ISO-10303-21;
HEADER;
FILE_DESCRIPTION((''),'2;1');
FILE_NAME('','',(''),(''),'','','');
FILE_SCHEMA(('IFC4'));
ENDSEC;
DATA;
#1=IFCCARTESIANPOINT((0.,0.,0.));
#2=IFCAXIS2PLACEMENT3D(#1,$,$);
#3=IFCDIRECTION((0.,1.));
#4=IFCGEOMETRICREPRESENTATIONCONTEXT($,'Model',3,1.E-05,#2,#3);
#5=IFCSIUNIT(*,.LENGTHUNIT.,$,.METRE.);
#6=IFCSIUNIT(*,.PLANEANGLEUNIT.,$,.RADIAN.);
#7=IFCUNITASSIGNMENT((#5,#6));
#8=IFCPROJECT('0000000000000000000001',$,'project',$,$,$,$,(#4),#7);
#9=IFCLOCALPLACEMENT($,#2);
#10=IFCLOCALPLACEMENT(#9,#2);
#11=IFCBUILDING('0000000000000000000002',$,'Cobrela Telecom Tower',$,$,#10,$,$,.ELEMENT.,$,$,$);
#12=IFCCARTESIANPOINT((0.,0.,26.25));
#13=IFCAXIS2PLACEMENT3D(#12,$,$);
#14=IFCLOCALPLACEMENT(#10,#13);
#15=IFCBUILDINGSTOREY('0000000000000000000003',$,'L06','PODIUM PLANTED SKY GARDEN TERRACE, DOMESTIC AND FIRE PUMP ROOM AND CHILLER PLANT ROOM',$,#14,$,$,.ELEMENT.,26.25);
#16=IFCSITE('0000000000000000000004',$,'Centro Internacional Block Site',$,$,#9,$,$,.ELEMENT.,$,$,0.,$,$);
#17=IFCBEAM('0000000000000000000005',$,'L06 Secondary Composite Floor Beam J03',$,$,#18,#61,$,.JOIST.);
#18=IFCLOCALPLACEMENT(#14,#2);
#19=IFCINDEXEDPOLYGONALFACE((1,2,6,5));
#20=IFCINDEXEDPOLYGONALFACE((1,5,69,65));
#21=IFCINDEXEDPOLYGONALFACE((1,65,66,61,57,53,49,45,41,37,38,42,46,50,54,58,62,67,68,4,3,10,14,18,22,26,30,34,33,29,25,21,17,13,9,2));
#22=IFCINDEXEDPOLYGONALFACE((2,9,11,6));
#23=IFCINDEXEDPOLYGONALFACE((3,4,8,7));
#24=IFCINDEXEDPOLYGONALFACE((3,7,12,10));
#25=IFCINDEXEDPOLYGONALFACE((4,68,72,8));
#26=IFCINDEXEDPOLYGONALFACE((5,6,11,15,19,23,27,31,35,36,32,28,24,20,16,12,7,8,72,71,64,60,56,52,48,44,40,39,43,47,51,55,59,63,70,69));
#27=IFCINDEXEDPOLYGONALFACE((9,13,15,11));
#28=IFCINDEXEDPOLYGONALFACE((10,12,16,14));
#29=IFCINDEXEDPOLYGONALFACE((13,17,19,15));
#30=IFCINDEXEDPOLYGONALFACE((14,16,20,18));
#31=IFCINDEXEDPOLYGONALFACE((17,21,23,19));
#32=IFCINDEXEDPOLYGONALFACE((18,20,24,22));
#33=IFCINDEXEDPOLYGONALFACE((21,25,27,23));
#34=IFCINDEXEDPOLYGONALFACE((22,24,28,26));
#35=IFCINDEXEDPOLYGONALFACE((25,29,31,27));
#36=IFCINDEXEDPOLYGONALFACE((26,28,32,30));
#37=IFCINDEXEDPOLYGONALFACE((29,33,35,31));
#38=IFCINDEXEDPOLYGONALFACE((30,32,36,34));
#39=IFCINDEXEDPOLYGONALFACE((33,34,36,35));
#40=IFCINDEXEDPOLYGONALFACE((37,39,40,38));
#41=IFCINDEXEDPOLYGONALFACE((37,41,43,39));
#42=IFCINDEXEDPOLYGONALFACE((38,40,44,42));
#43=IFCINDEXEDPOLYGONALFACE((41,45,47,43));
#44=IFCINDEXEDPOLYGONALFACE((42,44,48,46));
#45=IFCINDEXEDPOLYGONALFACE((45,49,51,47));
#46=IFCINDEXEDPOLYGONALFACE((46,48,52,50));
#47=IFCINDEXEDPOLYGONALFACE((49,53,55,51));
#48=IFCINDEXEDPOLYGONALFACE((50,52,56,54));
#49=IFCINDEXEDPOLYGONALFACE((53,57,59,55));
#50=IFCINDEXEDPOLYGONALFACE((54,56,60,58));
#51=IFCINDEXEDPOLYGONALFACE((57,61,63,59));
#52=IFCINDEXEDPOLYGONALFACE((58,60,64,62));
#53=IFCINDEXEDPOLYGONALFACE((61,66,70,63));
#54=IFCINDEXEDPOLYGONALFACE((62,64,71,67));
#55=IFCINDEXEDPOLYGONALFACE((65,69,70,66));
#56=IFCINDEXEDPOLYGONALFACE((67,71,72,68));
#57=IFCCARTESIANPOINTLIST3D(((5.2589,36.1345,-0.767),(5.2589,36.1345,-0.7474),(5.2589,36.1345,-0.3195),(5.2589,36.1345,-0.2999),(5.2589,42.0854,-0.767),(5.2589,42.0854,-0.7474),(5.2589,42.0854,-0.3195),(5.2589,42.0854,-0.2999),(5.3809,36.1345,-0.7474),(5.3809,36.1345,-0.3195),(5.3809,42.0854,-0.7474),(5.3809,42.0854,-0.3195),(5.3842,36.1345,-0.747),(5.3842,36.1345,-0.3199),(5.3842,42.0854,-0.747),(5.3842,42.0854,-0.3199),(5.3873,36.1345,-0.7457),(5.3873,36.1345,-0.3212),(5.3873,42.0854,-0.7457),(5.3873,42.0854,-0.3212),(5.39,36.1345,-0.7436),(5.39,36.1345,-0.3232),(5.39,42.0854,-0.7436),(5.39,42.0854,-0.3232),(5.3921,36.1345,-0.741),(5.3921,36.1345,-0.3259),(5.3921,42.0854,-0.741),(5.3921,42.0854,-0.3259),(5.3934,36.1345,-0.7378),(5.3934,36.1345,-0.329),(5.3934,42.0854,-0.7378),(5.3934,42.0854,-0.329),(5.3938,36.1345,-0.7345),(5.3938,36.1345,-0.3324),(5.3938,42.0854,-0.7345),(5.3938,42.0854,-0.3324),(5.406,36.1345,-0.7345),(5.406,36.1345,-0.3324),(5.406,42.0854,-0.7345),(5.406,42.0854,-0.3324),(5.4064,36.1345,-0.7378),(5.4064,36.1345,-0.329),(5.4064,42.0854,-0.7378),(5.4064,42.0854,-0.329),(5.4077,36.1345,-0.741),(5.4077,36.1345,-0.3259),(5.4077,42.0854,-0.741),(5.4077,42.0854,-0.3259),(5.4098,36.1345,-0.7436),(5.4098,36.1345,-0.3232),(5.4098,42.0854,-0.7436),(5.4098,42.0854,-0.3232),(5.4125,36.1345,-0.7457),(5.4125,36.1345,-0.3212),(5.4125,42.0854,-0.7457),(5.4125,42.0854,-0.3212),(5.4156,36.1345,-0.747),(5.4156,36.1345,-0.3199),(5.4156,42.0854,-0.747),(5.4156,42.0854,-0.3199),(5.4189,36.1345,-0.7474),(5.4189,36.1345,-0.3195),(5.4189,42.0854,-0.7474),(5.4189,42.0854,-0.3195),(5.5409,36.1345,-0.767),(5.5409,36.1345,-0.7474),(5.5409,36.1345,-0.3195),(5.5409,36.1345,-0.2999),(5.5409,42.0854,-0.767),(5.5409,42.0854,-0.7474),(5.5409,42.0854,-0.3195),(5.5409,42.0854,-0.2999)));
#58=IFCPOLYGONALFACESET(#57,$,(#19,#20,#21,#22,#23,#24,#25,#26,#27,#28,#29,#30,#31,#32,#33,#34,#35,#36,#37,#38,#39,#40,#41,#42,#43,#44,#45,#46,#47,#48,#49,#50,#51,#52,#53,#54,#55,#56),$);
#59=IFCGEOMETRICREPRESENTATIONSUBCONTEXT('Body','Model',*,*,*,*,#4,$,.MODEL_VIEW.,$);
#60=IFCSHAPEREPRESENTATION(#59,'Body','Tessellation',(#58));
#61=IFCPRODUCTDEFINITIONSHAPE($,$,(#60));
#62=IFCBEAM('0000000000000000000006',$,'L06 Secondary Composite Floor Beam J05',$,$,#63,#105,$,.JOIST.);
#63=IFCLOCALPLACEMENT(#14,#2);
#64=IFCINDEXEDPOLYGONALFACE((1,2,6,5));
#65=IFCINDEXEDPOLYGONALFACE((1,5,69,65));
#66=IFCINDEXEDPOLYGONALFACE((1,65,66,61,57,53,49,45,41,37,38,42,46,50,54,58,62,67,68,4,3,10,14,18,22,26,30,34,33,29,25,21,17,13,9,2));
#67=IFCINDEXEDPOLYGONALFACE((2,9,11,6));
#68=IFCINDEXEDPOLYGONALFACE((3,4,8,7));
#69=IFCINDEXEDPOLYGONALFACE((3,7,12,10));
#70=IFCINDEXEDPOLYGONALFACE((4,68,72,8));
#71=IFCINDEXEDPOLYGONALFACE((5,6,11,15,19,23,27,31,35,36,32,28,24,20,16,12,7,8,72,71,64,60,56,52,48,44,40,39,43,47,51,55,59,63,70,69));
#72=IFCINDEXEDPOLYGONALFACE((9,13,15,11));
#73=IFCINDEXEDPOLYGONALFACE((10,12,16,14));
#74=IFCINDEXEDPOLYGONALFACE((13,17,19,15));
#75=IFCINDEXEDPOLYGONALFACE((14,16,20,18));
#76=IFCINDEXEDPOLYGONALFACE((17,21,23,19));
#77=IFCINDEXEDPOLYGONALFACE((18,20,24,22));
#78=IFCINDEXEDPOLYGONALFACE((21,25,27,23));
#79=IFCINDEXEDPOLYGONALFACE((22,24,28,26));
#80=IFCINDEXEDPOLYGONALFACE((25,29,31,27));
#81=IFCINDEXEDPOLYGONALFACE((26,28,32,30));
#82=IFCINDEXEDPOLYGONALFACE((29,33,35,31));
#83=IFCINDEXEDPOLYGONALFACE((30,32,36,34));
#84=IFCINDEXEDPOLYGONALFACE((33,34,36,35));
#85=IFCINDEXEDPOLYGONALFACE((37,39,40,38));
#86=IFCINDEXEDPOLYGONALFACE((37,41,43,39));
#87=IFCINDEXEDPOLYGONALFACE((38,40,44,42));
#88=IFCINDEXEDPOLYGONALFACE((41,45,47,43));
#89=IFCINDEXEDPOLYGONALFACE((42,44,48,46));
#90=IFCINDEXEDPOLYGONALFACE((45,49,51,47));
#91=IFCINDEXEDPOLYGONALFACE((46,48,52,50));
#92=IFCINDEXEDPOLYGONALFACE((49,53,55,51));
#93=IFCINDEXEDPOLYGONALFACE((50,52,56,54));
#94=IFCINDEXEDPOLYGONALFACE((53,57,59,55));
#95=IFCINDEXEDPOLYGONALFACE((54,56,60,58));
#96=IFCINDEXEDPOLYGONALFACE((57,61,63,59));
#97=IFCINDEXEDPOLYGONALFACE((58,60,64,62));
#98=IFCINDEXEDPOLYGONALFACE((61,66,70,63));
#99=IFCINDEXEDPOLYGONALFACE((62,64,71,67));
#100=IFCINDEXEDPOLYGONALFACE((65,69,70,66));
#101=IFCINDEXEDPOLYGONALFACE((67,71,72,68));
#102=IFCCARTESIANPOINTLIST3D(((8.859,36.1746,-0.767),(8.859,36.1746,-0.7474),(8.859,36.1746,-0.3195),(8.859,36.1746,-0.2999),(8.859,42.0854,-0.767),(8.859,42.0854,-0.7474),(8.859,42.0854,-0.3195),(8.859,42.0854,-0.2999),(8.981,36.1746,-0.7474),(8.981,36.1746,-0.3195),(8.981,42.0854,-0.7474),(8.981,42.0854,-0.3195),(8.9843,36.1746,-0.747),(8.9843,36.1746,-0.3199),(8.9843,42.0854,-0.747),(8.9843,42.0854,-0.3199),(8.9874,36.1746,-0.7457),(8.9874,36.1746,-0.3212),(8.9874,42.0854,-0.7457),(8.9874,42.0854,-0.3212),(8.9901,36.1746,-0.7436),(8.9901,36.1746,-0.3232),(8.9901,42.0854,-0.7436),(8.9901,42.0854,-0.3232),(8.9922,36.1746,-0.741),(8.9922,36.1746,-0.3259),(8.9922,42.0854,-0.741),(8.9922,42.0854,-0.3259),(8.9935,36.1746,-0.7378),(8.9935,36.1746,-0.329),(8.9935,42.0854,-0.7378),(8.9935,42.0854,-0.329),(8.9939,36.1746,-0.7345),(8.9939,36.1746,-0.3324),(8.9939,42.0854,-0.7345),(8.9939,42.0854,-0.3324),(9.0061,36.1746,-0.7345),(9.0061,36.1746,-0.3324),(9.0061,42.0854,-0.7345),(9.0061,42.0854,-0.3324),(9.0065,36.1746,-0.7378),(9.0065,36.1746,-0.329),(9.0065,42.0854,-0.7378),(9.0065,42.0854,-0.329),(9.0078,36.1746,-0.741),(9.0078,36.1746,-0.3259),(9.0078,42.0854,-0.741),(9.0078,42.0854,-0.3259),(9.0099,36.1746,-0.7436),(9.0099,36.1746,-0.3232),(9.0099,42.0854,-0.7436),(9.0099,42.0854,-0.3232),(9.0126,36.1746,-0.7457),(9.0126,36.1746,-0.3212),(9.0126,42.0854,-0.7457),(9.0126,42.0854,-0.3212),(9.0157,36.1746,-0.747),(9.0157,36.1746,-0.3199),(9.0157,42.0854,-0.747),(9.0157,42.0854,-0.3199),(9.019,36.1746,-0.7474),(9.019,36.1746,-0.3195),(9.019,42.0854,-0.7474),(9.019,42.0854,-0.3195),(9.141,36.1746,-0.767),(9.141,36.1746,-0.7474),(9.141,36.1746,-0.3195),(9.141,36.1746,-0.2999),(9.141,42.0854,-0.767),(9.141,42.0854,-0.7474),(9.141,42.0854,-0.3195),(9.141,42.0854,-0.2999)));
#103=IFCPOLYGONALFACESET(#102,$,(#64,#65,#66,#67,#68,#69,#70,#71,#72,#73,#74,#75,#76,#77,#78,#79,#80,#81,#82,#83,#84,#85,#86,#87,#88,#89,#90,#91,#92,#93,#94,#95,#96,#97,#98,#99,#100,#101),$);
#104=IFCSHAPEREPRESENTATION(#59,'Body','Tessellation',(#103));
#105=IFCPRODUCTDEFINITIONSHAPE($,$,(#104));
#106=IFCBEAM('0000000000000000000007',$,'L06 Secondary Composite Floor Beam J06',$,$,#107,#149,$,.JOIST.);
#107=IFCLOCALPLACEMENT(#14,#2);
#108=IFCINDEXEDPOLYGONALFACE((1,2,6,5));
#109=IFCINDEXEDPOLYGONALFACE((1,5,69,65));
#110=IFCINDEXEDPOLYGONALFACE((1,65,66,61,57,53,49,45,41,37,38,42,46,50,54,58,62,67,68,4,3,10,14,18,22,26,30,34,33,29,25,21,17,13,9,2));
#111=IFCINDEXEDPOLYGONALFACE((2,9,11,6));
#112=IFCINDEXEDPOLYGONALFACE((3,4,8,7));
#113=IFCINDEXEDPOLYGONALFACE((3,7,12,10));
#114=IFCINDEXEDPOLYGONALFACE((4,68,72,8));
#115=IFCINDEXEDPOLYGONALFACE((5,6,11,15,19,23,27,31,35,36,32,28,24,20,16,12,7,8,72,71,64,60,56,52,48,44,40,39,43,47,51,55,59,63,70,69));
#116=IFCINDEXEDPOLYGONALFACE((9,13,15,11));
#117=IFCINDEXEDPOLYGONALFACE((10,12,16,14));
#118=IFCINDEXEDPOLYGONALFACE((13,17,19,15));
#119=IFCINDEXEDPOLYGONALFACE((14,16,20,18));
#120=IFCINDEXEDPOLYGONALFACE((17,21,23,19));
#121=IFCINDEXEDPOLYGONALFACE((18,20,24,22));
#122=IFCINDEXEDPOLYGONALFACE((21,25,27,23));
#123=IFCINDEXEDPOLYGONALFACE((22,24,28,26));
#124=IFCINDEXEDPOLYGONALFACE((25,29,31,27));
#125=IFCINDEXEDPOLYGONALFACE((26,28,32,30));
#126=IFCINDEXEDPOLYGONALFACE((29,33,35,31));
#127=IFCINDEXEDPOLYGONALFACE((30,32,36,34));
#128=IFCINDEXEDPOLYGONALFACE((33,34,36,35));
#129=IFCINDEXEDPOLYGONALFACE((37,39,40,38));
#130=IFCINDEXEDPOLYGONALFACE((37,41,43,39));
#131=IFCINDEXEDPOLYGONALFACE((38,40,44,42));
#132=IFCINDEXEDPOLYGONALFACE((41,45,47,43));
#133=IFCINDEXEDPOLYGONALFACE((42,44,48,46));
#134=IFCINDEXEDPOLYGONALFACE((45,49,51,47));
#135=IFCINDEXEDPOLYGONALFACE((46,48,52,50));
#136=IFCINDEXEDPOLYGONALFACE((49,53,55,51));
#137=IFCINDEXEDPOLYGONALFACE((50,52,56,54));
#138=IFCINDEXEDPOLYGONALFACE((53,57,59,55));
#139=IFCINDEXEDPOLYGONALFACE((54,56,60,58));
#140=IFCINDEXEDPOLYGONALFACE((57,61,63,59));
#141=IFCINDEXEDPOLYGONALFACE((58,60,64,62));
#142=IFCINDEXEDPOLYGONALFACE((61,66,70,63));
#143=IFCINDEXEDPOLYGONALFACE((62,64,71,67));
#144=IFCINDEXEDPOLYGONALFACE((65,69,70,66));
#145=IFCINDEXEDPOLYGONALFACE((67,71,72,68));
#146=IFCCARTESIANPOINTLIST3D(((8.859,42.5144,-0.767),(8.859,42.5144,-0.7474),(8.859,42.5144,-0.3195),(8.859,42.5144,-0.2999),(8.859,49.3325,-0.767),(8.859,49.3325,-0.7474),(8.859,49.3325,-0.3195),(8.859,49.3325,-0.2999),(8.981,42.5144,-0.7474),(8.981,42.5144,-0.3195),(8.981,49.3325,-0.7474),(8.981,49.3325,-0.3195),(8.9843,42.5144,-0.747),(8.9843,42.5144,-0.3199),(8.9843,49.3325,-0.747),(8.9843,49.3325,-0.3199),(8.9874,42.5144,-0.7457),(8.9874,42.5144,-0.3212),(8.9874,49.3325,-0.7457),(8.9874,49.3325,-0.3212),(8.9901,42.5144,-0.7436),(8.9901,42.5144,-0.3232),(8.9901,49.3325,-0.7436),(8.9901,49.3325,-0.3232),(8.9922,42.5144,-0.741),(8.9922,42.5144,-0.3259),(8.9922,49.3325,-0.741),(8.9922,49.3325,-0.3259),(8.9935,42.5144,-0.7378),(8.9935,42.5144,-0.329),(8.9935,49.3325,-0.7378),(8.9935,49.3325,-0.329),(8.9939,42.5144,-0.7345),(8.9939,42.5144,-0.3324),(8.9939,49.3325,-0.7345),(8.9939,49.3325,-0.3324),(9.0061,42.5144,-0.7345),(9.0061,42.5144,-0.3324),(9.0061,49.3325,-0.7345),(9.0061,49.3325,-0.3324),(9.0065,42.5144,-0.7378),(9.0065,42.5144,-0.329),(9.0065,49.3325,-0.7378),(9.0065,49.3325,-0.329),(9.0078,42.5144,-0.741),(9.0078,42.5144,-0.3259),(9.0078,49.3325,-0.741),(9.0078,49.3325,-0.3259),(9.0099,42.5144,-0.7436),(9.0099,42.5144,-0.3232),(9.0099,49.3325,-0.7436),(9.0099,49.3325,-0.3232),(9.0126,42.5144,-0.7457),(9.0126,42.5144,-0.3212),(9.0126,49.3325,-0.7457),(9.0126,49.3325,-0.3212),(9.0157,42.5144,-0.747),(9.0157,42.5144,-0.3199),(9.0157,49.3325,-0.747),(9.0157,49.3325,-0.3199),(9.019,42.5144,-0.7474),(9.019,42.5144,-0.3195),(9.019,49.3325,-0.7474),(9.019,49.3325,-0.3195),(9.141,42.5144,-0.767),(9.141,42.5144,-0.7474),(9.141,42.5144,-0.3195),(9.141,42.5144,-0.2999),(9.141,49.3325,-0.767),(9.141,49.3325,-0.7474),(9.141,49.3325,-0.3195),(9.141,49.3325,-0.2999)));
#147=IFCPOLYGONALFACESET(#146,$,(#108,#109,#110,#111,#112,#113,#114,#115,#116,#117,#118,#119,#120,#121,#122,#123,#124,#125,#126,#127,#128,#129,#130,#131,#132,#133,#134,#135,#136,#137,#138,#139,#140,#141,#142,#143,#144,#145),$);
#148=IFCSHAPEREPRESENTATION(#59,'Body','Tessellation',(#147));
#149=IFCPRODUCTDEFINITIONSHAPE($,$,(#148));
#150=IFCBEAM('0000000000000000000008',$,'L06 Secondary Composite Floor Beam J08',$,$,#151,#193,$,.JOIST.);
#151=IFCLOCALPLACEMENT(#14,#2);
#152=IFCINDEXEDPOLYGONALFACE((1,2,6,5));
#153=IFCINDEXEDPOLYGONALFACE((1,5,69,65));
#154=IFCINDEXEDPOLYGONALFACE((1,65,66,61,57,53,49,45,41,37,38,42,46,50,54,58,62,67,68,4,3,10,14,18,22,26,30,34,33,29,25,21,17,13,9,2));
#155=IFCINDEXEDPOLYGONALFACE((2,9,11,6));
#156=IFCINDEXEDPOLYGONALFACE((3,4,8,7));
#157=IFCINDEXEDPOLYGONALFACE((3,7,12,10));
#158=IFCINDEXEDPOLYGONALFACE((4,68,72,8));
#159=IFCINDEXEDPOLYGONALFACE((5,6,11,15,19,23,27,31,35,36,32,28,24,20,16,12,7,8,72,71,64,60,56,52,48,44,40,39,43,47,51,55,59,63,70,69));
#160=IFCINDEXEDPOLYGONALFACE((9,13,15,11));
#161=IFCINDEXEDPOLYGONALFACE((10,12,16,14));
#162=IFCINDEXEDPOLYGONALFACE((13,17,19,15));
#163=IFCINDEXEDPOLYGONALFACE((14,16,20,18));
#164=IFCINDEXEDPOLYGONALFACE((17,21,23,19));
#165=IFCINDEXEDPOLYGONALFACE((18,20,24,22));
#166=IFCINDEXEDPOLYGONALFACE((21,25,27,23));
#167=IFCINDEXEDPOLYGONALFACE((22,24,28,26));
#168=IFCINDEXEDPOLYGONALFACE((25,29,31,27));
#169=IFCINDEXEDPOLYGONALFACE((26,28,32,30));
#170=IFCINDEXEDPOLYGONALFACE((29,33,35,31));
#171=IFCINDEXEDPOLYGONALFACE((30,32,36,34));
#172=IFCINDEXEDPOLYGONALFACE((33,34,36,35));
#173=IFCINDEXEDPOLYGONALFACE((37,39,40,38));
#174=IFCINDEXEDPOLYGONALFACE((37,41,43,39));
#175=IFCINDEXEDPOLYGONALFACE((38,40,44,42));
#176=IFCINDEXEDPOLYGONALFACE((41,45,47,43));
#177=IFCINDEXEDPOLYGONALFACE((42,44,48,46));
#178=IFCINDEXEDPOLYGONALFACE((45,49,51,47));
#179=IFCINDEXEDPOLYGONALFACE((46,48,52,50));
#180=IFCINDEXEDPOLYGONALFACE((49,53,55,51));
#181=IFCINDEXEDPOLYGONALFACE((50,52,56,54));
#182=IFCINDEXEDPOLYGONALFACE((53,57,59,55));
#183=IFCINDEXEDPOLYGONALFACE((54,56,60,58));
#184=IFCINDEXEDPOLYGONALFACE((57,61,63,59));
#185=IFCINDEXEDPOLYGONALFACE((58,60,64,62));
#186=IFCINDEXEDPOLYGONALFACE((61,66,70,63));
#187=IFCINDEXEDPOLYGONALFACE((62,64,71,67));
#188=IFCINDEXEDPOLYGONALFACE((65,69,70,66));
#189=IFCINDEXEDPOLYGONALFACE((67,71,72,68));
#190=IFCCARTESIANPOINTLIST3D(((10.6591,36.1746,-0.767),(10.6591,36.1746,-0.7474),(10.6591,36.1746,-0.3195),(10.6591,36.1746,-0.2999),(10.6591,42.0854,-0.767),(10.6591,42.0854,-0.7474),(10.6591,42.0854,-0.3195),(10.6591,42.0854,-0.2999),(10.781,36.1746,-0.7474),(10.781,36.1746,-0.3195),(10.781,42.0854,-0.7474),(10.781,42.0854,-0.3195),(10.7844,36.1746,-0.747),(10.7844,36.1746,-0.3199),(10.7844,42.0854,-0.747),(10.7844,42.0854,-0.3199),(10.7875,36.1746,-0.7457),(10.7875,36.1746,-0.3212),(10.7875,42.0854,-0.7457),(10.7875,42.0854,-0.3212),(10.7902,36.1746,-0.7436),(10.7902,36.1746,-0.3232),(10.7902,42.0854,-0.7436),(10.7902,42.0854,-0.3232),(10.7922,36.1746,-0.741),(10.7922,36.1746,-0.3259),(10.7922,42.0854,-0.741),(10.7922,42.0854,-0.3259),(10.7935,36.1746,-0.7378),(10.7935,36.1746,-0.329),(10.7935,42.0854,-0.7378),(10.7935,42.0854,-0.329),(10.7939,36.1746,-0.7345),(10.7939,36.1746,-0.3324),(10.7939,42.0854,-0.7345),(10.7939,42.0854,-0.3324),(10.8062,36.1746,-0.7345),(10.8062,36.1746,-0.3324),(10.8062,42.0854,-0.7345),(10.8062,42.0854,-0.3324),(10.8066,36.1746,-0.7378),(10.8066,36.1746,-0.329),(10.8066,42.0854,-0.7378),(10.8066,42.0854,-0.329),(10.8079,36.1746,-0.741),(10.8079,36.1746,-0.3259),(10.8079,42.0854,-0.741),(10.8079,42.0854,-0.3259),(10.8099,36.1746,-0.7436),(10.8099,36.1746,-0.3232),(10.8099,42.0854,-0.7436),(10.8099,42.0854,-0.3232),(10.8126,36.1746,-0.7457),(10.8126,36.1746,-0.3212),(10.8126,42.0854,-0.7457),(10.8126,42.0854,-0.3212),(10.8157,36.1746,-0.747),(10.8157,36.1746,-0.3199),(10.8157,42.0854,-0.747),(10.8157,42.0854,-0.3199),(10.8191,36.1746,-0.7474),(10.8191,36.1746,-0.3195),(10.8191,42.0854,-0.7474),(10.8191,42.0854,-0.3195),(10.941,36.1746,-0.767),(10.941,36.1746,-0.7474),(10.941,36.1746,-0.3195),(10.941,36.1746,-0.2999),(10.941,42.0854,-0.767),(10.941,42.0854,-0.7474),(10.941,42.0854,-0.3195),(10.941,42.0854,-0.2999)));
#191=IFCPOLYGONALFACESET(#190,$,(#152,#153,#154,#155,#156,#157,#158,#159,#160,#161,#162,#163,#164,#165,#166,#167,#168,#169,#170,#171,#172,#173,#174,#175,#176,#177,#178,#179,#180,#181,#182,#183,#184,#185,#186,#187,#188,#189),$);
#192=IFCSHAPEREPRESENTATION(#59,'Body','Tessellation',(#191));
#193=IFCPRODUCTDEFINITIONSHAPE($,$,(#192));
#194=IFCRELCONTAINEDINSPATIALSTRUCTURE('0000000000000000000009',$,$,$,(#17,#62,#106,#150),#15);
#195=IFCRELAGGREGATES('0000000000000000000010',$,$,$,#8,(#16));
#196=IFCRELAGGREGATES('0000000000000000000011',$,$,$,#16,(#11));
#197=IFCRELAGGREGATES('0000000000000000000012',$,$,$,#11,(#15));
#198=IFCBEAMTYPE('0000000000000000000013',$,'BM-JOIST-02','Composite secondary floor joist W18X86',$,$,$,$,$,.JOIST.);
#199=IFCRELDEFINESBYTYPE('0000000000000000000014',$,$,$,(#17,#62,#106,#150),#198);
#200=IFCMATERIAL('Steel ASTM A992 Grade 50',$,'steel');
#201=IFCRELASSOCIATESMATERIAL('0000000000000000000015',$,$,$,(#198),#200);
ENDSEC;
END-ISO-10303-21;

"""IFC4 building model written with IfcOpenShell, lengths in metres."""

from ifc_helpers import new_model, si_unit, direction, frame, origin, origin_2d, place, context, subcontext, project, spatial, i_section, extrude, material, material_profile, profile_set, type_object, element, save


model = new_model("IFC4")

# Units and contexts
model_context = context("Model", 3, precision=1e-05, world=origin(), true_north=direction((0.0, 1.0)))
body_context = subcontext(model_context, "Body", "Model", "MODEL_VIEW")
ifc_project = project(units=[si_unit("LENGTHUNIT", "METRE"), si_unit("PLANEANGLEUNIT", "RADIAN")], contexts=[model_context])

# Site, building, storey
site_placement = place(None, origin())
site = spatial("IfcSite", under=ifc_project, at=site_placement, Name="Centro Internacional Block Site", CompositionType="ELEMENT", RefElevation=0.0)
building_placement = place(site_placement, origin())
building = spatial("IfcBuilding", under=site, at=building_placement, Name="Cobrela Telecom Tower", CompositionType="ELEMENT")
storey_placement = place(building_placement, frame((0.0, 0.0, 26.25)))
storey = spatial("IfcBuildingStorey", under=building, at=storey_placement, Name="L06", Description="PODIUM PLANTED SKY GARDEN TERRACE, DOMESTIC AND FIRE PUMP ROOM AND CHILLER PLANT ROOM", CompositionType="ELEMENT", Elevation=26.25)

# Beams
ifc_material_1 = material(Name="Steel ASTM A992 Grade 50", Category="steel")
ifc_material_profile_1 = material_profile(ifc_material_1, i_section(OverallWidth=0.282, OverallDepth=0.467, WebThickness=0.0122, FlangeThickness=0.0195, FilletRadius=0.0129, at=origin_2d()), Name="W18X86")
ifc_profile_set_1 = profile_set([ifc_material_profile_1], Name="Steel ASTM A992 Grade 50")
beam_type_1 = type_object("IfcBeamType", Name="BM-JOIST-02", Description="Composite secondary floor joist W18X86", PredefinedType="JOIST", material=ifc_profile_set_1)
for number, where, z_axis, x_axis, name in (
    (1, (5.3999, 36.1345, -0.5334), (0.0, 1.0, 0.0), (-1.0, 0.0, 0.0), "L06 Secondary Composite Floor Beam J03"),
):
    element("IfcBeam", number, at=place(storey_placement, frame(where, z_axis=z_axis, x_axis=x_axis)), inside=storey, type_object=beam_type_1, Name=name, PredefinedType="JOIST", context=body_context, shape_type="SweptSolid", body=[
        extrude(i_section(OverallWidth=0.282, OverallDepth=0.467, WebThickness=0.0122, FlangeThickness=0.0195, FilletRadius=0.0129, at=origin_2d()), origin(), (0.0, 0.0, 1.0), 5.9509),
    ])
beam_1_placement = place(storey_placement, frame((9.0, 36.1746, -0.5334), z_axis=(0.0, 1.0, 0.0), x_axis=(-1.0, 0.0, 0.0)))
element("IfcBeam", 2, at=beam_1_placement, inside=storey, type_object=beam_type_1, Name="L06 Secondary Composite Floor Beam J05", PredefinedType="JOIST", context=body_context, shape_type="SweptSolid", body=[
    extrude(i_section(OverallWidth=0.282, OverallDepth=0.467, WebThickness=0.0122, FlangeThickness=0.0195, FilletRadius=0.0129, at=origin_2d()), origin(), (0.0, 0.0, 1.0), 5.9109),
])
beam_2_placement = place(storey_placement, frame((9.0, 42.5144, -0.5334), z_axis=(0.0, 1.0, 0.0), x_axis=(-1.0, 0.0, 0.0)))
element("IfcBeam", 3, at=beam_2_placement, inside=storey, type_object=beam_type_1, Name="L06 Secondary Composite Floor Beam J06", PredefinedType="JOIST", context=body_context, shape_type="SweptSolid", body=[
    extrude(i_section(OverallWidth=0.282, OverallDepth=0.467, WebThickness=0.0122, FlangeThickness=0.0195, FilletRadius=0.0129, at=origin_2d()), origin(), (0.0, 0.0, 1.0), 6.8181),
])
beam_3_placement = place(storey_placement, frame((10.8, 36.1746, -0.5334), z_axis=(0.0, 1.0, 0.0), x_axis=(-1.0, 0.0, 0.0)))
element("IfcBeam", 4, at=beam_3_placement, inside=storey, type_object=beam_type_1, Name="L06 Secondary Composite Floor Beam J08", PredefinedType="JOIST", context=body_context, shape_type="SweptSolid", body=[
    extrude(i_section(OverallWidth=0.282, OverallDepth=0.467, WebThickness=0.0122, FlangeThickness=0.0195, FilletRadius=0.0129, at=origin_2d()), origin(), (0.0, 0.0, 1.0), 5.9109),
])

save(model, "model.ifc")
